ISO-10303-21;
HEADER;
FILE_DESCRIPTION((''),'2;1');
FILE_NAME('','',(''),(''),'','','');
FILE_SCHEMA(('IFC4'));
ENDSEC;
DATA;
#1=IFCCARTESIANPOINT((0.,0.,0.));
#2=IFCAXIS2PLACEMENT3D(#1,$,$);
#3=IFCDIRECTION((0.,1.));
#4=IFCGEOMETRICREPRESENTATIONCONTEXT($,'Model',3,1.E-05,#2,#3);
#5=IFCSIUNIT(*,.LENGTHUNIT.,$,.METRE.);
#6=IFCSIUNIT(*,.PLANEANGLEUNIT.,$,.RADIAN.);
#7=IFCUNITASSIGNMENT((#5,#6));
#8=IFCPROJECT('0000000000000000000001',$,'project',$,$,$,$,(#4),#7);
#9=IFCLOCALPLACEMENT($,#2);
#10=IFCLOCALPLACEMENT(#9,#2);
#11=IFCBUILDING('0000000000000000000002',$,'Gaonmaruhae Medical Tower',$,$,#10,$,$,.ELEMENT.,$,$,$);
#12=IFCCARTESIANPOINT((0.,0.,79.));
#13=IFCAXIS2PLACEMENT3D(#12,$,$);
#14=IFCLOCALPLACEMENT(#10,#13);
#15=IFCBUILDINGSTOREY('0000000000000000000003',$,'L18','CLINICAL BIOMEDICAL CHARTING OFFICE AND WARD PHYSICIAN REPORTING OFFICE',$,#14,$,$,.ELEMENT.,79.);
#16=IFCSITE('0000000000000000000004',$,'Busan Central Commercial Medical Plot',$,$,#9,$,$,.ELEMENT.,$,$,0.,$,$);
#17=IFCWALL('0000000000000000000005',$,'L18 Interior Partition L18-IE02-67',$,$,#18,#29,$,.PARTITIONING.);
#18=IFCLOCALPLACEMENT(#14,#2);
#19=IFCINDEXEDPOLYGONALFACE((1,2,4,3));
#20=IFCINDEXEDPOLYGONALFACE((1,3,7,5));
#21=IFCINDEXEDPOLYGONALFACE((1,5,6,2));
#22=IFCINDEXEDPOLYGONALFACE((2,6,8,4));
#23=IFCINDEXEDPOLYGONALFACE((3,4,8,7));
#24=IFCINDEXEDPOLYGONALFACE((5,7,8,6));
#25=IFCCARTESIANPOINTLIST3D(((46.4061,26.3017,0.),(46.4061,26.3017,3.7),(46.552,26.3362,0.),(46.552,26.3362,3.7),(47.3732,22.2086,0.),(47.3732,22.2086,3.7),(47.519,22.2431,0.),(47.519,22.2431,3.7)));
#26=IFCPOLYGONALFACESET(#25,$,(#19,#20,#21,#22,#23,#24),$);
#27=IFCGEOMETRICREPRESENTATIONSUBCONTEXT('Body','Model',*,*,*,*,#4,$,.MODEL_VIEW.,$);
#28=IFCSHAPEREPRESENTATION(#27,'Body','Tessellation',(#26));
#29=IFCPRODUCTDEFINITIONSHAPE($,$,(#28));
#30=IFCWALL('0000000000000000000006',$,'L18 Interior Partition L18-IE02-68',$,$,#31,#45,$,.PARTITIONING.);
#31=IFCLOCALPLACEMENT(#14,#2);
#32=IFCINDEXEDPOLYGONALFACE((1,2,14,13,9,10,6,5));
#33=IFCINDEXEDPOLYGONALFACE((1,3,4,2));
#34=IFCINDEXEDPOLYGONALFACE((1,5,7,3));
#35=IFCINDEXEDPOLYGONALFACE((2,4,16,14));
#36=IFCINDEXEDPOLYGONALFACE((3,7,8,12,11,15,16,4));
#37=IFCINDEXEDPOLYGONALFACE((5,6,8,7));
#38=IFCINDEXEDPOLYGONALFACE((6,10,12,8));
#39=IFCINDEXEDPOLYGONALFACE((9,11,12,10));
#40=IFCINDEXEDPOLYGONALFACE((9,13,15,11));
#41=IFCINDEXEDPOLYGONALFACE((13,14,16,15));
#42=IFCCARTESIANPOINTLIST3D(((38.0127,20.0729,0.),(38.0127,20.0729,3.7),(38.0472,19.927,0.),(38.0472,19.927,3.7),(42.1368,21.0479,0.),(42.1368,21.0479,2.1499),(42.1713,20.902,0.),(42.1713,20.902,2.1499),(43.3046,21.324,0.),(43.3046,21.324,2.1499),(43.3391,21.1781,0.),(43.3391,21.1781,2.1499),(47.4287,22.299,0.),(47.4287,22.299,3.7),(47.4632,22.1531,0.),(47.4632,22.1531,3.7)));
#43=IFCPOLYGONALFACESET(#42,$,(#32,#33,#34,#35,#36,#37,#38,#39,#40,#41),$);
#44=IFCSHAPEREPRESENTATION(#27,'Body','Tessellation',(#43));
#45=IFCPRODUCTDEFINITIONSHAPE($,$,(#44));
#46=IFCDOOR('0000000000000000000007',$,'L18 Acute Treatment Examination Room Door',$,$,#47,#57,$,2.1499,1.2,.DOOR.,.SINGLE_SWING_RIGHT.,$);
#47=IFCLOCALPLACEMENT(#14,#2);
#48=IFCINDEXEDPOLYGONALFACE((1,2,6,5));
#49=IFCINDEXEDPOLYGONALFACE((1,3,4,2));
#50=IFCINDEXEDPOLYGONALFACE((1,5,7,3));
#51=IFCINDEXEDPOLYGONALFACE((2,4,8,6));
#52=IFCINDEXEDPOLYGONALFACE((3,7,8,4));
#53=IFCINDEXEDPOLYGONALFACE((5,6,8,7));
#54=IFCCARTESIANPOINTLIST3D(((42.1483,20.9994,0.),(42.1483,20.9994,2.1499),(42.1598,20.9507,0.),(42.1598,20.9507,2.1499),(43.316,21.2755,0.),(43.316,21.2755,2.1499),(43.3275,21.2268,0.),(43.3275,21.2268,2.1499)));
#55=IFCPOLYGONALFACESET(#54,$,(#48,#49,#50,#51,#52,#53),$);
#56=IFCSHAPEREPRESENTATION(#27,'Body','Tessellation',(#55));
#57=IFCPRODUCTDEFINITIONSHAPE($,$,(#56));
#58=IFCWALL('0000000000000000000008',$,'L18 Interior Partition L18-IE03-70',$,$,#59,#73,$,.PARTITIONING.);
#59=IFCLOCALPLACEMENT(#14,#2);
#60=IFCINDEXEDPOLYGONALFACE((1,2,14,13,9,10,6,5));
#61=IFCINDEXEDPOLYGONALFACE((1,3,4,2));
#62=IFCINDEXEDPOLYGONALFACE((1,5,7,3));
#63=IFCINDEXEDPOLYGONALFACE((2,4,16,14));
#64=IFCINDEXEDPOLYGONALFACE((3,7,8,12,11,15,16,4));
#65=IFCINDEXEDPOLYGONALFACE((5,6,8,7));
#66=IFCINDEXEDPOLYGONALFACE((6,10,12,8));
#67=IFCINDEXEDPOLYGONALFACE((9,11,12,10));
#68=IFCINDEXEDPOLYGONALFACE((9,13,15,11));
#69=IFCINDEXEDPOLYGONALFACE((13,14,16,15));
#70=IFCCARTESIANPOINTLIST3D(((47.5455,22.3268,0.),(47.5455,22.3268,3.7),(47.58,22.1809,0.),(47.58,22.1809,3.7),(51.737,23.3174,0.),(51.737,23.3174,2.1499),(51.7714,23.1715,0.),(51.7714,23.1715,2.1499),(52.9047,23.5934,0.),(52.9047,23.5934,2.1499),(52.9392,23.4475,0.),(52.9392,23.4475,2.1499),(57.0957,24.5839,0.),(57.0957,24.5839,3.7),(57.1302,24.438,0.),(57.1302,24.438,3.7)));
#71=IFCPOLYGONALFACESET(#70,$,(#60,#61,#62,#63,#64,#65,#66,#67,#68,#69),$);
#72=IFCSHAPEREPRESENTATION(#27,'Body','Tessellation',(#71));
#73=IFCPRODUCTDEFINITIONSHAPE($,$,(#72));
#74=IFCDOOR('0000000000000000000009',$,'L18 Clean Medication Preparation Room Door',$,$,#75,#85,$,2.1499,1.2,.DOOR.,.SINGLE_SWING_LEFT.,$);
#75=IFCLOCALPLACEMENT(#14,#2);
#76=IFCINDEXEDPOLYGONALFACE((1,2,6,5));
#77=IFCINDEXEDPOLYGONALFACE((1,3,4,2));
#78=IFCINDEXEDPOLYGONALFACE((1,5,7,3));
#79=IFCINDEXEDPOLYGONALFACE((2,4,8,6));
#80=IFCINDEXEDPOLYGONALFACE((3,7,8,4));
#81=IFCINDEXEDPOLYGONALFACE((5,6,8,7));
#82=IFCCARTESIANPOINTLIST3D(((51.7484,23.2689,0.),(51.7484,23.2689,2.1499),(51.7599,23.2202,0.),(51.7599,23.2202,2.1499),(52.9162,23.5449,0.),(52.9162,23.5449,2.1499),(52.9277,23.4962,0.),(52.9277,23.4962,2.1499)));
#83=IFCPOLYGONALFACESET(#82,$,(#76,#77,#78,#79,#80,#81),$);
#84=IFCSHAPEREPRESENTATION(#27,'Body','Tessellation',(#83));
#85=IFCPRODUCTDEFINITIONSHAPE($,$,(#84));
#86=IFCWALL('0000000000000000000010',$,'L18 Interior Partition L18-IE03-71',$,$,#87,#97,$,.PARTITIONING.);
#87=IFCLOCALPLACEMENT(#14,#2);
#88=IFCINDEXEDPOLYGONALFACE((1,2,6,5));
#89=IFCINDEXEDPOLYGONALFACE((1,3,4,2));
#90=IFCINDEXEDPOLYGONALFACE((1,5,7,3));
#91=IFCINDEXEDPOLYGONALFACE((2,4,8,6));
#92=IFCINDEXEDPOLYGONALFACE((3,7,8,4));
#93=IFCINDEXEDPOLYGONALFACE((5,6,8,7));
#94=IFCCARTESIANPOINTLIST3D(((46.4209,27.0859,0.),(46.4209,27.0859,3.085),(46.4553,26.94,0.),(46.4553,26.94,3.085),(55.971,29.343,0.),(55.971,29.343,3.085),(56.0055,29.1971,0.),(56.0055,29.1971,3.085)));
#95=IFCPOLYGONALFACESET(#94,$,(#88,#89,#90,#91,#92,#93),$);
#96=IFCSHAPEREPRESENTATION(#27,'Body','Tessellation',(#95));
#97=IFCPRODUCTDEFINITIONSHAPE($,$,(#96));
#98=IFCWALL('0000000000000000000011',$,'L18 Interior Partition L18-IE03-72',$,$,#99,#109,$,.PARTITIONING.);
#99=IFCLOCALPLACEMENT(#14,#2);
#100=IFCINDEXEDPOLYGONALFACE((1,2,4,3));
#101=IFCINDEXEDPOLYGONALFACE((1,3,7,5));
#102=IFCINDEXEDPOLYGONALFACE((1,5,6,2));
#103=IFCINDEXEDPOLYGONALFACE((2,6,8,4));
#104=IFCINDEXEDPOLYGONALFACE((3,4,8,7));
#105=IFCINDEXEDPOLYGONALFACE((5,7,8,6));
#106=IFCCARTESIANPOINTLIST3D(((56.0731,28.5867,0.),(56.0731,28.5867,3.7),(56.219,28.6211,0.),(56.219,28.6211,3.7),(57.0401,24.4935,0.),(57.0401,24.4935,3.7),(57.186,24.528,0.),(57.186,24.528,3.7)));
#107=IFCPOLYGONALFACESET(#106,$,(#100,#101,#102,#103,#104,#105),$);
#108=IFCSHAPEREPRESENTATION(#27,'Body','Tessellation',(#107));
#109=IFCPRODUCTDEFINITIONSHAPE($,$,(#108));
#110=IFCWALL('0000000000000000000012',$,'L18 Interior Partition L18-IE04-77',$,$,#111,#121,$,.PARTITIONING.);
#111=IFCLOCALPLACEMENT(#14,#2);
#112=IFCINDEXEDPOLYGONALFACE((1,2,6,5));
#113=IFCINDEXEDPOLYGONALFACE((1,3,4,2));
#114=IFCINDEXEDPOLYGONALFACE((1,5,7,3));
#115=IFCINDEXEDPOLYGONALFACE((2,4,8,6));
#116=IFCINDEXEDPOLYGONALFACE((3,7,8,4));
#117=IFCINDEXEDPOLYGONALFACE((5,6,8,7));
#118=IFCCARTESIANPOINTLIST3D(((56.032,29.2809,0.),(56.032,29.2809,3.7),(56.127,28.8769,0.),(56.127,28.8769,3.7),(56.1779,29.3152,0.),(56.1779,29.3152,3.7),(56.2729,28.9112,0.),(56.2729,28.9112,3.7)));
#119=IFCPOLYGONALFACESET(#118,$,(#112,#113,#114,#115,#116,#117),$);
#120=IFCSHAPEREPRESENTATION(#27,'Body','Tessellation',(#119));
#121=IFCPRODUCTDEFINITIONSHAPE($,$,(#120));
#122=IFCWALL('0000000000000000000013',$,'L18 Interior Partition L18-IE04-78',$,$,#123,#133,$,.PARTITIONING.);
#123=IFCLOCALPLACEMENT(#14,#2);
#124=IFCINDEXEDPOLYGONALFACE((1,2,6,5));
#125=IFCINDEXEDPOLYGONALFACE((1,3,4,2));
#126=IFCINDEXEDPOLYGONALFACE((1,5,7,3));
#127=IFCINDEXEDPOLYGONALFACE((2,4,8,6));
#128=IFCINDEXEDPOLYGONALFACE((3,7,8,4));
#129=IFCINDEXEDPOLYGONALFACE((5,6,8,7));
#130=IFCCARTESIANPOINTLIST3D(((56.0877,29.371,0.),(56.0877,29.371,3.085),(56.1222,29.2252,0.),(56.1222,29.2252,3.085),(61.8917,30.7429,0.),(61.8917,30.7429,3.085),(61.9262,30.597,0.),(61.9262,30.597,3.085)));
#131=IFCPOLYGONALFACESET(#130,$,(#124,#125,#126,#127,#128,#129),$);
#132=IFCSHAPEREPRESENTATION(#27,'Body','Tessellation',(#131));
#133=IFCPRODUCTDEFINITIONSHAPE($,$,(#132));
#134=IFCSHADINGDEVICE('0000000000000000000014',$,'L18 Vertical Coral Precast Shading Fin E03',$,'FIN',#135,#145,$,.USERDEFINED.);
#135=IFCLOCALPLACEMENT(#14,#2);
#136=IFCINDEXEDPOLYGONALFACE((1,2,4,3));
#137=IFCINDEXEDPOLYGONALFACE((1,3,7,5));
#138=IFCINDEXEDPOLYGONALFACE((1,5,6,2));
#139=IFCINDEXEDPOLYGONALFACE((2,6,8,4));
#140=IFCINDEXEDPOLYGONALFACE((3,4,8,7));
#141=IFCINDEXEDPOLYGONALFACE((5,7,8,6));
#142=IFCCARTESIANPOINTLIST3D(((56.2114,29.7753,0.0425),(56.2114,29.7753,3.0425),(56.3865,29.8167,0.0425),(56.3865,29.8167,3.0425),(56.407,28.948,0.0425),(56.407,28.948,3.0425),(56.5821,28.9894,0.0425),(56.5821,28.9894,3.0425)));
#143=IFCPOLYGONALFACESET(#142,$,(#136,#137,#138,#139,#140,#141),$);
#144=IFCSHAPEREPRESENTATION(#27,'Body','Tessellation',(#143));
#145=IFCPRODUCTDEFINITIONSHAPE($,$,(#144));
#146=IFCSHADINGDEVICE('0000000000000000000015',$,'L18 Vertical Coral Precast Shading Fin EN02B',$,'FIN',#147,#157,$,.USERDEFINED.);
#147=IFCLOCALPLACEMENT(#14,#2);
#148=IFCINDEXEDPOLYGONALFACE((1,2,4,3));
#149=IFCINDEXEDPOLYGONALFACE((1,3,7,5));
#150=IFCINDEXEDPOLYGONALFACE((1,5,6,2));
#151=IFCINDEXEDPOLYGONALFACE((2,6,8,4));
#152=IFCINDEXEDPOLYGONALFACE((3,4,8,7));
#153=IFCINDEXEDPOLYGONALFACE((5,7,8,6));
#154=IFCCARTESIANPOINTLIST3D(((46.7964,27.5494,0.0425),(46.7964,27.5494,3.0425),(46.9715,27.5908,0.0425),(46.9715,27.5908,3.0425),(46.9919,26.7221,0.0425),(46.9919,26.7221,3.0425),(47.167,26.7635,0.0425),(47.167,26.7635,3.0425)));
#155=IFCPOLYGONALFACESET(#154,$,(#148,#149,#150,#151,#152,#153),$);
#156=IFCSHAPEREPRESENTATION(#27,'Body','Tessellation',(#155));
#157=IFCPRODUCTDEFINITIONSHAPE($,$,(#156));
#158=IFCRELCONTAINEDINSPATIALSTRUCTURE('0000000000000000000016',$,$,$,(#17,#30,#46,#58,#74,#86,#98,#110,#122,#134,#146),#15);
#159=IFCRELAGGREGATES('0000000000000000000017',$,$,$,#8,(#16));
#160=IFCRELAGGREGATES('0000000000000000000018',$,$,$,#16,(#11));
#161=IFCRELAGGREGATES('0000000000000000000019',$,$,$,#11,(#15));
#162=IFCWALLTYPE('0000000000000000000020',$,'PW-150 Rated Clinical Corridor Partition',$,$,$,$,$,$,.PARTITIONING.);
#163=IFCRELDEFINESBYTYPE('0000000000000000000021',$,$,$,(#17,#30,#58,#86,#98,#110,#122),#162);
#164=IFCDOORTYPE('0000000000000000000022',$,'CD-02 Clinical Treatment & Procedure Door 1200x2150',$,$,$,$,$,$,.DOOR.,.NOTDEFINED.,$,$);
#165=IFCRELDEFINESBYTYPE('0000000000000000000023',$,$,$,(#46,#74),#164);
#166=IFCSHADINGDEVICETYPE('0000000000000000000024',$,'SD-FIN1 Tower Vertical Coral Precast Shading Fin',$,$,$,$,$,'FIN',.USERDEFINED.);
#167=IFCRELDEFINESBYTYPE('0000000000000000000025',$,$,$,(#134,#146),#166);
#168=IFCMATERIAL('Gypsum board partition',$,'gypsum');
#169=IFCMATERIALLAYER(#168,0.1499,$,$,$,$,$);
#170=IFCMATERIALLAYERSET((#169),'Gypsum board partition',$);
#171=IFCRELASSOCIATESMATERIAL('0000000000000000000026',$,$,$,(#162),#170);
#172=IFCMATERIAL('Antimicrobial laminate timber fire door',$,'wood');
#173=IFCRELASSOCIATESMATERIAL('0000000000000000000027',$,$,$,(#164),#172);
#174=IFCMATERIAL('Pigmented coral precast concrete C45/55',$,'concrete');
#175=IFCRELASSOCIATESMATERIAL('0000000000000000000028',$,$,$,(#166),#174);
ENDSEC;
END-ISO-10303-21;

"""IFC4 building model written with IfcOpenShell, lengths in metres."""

from ifc_helpers import new_model, si_unit, direction, frame, frame_2d, origin, origin_2d, place, context, subcontext, project, spatial, rectangle, extrude, material, layer, layer_set, type_object, element, fill, save


model = new_model("IFC4")

# Units and contexts
model_context = context("Model", 3, precision=1e-05, world=origin(), true_north=direction((0.0, 1.0)))
body_context = subcontext(model_context, "Body", "Model", "MODEL_VIEW")
ifc_project = project(units=[si_unit("LENGTHUNIT", "METRE"), si_unit("PLANEANGLEUNIT", "RADIAN")], contexts=[model_context])

# Site, building, storey
site_placement = place(None, origin())
site = spatial("IfcSite", under=ifc_project, at=site_placement, Name="Busan Central Commercial Medical Plot", CompositionType="ELEMENT", RefElevation=0.0)
building_placement = place(site_placement, origin())
building = spatial("IfcBuilding", under=site, at=building_placement, Name="Gaonmaruhae Medical Tower", CompositionType="ELEMENT")
storey_placement = place(building_placement, frame((0.0, 0.0, 79.0)))
storey = spatial("IfcBuildingStorey", under=building, at=storey_placement, Name="L18", Description="CLINICAL BIOMEDICAL CHARTING OFFICE AND WARD PHYSICIAN REPORTING OFFICE", CompositionType="ELEMENT", Elevation=79.0)

# Shared definitions
ifc_material_1 = material(Name="Gypsum board partition", Category="gypsum")
ifc_layer_1 = layer(ifc_material_1, 0.1499)
ifc_layer_set_1 = layer_set([ifc_layer_1], Name="Gypsum board partition")
wall_type_1 = type_object("IfcWallType", Name="PW-150 Rated Clinical Corridor Partition", PredefinedType="PARTITIONING", material=ifc_layer_set_1)
ifc_material_2 = material(Name="Antimicrobial laminate timber fire door", Category="wood")
door_type = type_object("IfcDoorType", Name="CD-02 Clinical Treatment & Procedure Door 1200x2150", OperationType="NOTDEFINED", PredefinedType="DOOR", material=ifc_material_2)

# Wall
wall_1_placement = place(storey_placement, frame((46.479, 26.3191, 0.0), z_axis=(0.0, 0.0, 1.0), x_axis=(0.229935, -0.973206, 0.0)))
element("IfcWall", 1, at=wall_1_placement, inside=storey, type_object=wall_type_1, Name="L18 Interior Partition L18-IE02-67", PredefinedType="PARTITIONING", context=body_context, shape_type="SweptSolid", body=[
    extrude(rectangle(XDim=4.2058, YDim=0.1499, at=frame_2d((2.103, 0.0))), origin(), (0.0, 0.0, 1.0), 3.7),
])

# Walls, openings, doors
wall_2_placement = place(storey_placement, frame((47.446, 22.2261, 0.0), z_axis=(0.0, 0.0, 1.0), x_axis=(-0.973174, -0.230072, 0.0)))
wall_2 = element("IfcWall", 2, at=wall_2_placement, inside=storey, type_object=wall_type_1, Name="L18 Interior Partition L18-IE02-68", PredefinedType="PARTITIONING", context=body_context, shape_type="SweptSolid", body=[
    extrude(rectangle(XDim=9.6755, YDim=0.1499, at=frame_2d((4.8379, 0.0))), origin(), (0.0, 0.0, 1.0), 3.7),
])
opening_1_placement = place(wall_2_placement, frame((4.2378, 0.0, 0.0)))
opening_1 = element("IfcOpeningElement", 3, at=opening_1_placement, cuts=wall_2, PredefinedType="OPENING", context=body_context, shape_type="SweptSolid", body=[
    extrude(rectangle(XDim=1.2, YDim=2.1499, at=frame_2d((0.6001, 1.075))), frame((0.0, 0.085, 0.0), z_axis=(0.0, -1.0, 0.0), x_axis=(1.0, 0.0, 0.0)), (0.0, 0.0, 1.0), 0.1699),
])
door_1_placement = place(opening_1_placement, origin())
door_1 = element("IfcDoor", 4, at=door_1_placement, inside=storey, type_object=door_type, Name="L18 Acute Treatment Examination Room Door", OperationType="SINGLE_SWING_RIGHT", OverallHeight=2.1499, OverallWidth=1.2, PredefinedType="DOOR", context=body_context, shape_type="SweptSolid", body=[
    extrude(rectangle(XDim=1.2, YDim=2.1499, at=frame_2d((0.6001, 1.075))), frame((0.0, 0.0249, 0.0), z_axis=(0.0, -1.0, 0.0), x_axis=(1.0, 0.0, 0.0)), (0.0, 0.0, 1.0), 0.05),
])
fill(opening_1, door_1)
wall_3_placement = place(storey_placement, frame((57.113, 24.511, 0.0), z_axis=(0.0, 0.0, 1.0), x_axis=(-0.973189, -0.230006, 0.0)))
wall_3 = element("IfcWall", 5, at=wall_3_placement, inside=storey, type_object=wall_type_1, Name="L18 Interior Partition L18-IE03-70", PredefinedType="PARTITIONING", context=body_context, shape_type="SweptSolid", body=[
    extrude(rectangle(XDim=9.8132, YDim=0.1499, at=frame_2d((4.9067, 0.0))), origin(), (0.0, 0.0, 1.0), 3.7),
])
opening_2_placement = place(wall_3_placement, frame((4.3064, 0.0, 0.0)))
opening_2 = element("IfcOpeningElement", 6, at=opening_2_placement, cuts=wall_3, PredefinedType="OPENING", context=body_context, shape_type="SweptSolid", body=[
    extrude(rectangle(XDim=1.2, YDim=2.1499, at=frame_2d((0.6001, 1.075))), frame((0.0, 0.085, 0.0), z_axis=(0.0, -1.0, 0.0), x_axis=(1.0, 0.0, 0.0)), (0.0, 0.0, 1.0), 0.1699),
])
door_2_placement = place(opening_2_placement, origin())
door_2 = element("IfcDoor", 7, at=door_2_placement, inside=storey, type_object=door_type, Name="L18 Clean Medication Preparation Room Door", OperationType="SINGLE_SWING_LEFT", OverallHeight=2.1499, OverallWidth=1.2, PredefinedType="DOOR", context=body_context, shape_type="SweptSolid", body=[
    extrude(rectangle(XDim=1.2, YDim=2.1499, at=frame_2d((0.6001, 1.075))), frame((0.0, 0.0249, 0.0), z_axis=(0.0, -1.0, 0.0), x_axis=(1.0, 0.0, 0.0)), (0.0, 0.0, 1.0), 0.05),
])
fill(opening_2, door_2)

# Walls
wall_4_placement = place(storey_placement, frame((46.438, 27.0129, 0.0), z_axis=(0.0, 0.0, 1.0), x_axis=(0.973189, 0.230006, 0.0)))
element("IfcWall", 8, at=wall_4_placement, inside=storey, type_object=wall_type_1, Name="L18 Interior Partition L18-IE03-71", PredefinedType="PARTITIONING", context=body_context, shape_type="SweptSolid", body=[
    extrude(rectangle(XDim=9.8132, YDim=0.1499, at=frame_2d((4.9067, 0.0))), origin(), (0.0, 0.0, 1.0), 3.085),
])
wall_5_placement = place(storey_placement, frame((56.146, 28.604, 0.0), z_axis=(0.0, 0.0, 1.0), x_axis=(0.229935, -0.973206, 0.0)))
element("IfcWall", 9, at=wall_5_placement, inside=storey, type_object=wall_type_1, Name="L18 Interior Partition L18-IE03-72", PredefinedType="PARTITIONING", context=body_context, shape_type="SweptSolid", body=[
    extrude(rectangle(XDim=4.2058, YDim=0.1499, at=frame_2d((2.103, 0.0))), origin(), (0.0, 0.0, 1.0), 3.7),
])
wall_6_placement = place(storey_placement, frame((56.2, 28.894, 0.0), z_axis=(0.0, 0.0, 1.0), x_axis=(-0.22881, 0.973471, 0.0)))
element("IfcWall", 10, at=wall_6_placement, inside=storey, type_object=wall_type_1, Name="L18 Interior Partition L18-IE04-77", PredefinedType="PARTITIONING", context=body_context, shape_type="SweptSolid", body=[
    extrude(rectangle(XDim=0.415, YDim=0.1499, at=frame_2d((0.2075, 0.0))), origin(), (0.0, 0.0, 1.0), 3.7),
])
wall_7_placement = place(storey_placement, frame((56.105, 29.2981, 0.0), z_axis=(0.0, 0.0, 1.0), x_axis=(0.973185, 0.230023, 0.0)))
element("IfcWall", 11, at=wall_7_placement, inside=storey, type_object=wall_type_1, Name="L18 Interior Partition L18-IE04-78", PredefinedType="PARTITIONING", context=body_context, shape_type="SweptSolid", body=[
    extrude(rectangle(XDim=5.9639, YDim=0.1499, at=frame_2d((2.9819, 0.0))), origin(), (0.0, 0.0, 1.0), 3.085),
])

# Shading devices
ifc_material_3 = material(Name="Pigmented coral precast concrete C45/55", Category="concrete")
shading_device_type = type_object("IfcShadingDeviceType", Name="SD-FIN1 Tower Vertical Coral Precast Shading Fin", ElementType="FIN", PredefinedType="USERDEFINED", material=ifc_material_3)
for number, where, z_axis, x_axis, name in (
    (12, (56.3967, 29.3823, 0.0425), (0.0, 0.0, 1.0), (0.973179, 0.23005, 0.0), "L18 Vertical Coral Precast Shading Fin E03"),
    (13, (46.9817, 27.1565, 0.0425), (0.0, 0.0, 1.0), (0.973179, 0.23005, 0.0), "L18 Vertical Coral Precast Shading Fin EN02B"),
):
    element("IfcShadingDevice", number, at=place(storey_placement, frame(where, z_axis=z_axis, x_axis=x_axis)), inside=storey, type_object=shading_device_type, Name=name, ObjectType="FIN", PredefinedType="USERDEFINED", context=body_context, shape_type="SweptSolid", body=[
        extrude(rectangle(XDim=0.1799, YDim=0.8501, at=origin_2d()), origin(), (0.0, 0.0, 1.0), 3.0),
    ])

save(model, "model.ifc")
